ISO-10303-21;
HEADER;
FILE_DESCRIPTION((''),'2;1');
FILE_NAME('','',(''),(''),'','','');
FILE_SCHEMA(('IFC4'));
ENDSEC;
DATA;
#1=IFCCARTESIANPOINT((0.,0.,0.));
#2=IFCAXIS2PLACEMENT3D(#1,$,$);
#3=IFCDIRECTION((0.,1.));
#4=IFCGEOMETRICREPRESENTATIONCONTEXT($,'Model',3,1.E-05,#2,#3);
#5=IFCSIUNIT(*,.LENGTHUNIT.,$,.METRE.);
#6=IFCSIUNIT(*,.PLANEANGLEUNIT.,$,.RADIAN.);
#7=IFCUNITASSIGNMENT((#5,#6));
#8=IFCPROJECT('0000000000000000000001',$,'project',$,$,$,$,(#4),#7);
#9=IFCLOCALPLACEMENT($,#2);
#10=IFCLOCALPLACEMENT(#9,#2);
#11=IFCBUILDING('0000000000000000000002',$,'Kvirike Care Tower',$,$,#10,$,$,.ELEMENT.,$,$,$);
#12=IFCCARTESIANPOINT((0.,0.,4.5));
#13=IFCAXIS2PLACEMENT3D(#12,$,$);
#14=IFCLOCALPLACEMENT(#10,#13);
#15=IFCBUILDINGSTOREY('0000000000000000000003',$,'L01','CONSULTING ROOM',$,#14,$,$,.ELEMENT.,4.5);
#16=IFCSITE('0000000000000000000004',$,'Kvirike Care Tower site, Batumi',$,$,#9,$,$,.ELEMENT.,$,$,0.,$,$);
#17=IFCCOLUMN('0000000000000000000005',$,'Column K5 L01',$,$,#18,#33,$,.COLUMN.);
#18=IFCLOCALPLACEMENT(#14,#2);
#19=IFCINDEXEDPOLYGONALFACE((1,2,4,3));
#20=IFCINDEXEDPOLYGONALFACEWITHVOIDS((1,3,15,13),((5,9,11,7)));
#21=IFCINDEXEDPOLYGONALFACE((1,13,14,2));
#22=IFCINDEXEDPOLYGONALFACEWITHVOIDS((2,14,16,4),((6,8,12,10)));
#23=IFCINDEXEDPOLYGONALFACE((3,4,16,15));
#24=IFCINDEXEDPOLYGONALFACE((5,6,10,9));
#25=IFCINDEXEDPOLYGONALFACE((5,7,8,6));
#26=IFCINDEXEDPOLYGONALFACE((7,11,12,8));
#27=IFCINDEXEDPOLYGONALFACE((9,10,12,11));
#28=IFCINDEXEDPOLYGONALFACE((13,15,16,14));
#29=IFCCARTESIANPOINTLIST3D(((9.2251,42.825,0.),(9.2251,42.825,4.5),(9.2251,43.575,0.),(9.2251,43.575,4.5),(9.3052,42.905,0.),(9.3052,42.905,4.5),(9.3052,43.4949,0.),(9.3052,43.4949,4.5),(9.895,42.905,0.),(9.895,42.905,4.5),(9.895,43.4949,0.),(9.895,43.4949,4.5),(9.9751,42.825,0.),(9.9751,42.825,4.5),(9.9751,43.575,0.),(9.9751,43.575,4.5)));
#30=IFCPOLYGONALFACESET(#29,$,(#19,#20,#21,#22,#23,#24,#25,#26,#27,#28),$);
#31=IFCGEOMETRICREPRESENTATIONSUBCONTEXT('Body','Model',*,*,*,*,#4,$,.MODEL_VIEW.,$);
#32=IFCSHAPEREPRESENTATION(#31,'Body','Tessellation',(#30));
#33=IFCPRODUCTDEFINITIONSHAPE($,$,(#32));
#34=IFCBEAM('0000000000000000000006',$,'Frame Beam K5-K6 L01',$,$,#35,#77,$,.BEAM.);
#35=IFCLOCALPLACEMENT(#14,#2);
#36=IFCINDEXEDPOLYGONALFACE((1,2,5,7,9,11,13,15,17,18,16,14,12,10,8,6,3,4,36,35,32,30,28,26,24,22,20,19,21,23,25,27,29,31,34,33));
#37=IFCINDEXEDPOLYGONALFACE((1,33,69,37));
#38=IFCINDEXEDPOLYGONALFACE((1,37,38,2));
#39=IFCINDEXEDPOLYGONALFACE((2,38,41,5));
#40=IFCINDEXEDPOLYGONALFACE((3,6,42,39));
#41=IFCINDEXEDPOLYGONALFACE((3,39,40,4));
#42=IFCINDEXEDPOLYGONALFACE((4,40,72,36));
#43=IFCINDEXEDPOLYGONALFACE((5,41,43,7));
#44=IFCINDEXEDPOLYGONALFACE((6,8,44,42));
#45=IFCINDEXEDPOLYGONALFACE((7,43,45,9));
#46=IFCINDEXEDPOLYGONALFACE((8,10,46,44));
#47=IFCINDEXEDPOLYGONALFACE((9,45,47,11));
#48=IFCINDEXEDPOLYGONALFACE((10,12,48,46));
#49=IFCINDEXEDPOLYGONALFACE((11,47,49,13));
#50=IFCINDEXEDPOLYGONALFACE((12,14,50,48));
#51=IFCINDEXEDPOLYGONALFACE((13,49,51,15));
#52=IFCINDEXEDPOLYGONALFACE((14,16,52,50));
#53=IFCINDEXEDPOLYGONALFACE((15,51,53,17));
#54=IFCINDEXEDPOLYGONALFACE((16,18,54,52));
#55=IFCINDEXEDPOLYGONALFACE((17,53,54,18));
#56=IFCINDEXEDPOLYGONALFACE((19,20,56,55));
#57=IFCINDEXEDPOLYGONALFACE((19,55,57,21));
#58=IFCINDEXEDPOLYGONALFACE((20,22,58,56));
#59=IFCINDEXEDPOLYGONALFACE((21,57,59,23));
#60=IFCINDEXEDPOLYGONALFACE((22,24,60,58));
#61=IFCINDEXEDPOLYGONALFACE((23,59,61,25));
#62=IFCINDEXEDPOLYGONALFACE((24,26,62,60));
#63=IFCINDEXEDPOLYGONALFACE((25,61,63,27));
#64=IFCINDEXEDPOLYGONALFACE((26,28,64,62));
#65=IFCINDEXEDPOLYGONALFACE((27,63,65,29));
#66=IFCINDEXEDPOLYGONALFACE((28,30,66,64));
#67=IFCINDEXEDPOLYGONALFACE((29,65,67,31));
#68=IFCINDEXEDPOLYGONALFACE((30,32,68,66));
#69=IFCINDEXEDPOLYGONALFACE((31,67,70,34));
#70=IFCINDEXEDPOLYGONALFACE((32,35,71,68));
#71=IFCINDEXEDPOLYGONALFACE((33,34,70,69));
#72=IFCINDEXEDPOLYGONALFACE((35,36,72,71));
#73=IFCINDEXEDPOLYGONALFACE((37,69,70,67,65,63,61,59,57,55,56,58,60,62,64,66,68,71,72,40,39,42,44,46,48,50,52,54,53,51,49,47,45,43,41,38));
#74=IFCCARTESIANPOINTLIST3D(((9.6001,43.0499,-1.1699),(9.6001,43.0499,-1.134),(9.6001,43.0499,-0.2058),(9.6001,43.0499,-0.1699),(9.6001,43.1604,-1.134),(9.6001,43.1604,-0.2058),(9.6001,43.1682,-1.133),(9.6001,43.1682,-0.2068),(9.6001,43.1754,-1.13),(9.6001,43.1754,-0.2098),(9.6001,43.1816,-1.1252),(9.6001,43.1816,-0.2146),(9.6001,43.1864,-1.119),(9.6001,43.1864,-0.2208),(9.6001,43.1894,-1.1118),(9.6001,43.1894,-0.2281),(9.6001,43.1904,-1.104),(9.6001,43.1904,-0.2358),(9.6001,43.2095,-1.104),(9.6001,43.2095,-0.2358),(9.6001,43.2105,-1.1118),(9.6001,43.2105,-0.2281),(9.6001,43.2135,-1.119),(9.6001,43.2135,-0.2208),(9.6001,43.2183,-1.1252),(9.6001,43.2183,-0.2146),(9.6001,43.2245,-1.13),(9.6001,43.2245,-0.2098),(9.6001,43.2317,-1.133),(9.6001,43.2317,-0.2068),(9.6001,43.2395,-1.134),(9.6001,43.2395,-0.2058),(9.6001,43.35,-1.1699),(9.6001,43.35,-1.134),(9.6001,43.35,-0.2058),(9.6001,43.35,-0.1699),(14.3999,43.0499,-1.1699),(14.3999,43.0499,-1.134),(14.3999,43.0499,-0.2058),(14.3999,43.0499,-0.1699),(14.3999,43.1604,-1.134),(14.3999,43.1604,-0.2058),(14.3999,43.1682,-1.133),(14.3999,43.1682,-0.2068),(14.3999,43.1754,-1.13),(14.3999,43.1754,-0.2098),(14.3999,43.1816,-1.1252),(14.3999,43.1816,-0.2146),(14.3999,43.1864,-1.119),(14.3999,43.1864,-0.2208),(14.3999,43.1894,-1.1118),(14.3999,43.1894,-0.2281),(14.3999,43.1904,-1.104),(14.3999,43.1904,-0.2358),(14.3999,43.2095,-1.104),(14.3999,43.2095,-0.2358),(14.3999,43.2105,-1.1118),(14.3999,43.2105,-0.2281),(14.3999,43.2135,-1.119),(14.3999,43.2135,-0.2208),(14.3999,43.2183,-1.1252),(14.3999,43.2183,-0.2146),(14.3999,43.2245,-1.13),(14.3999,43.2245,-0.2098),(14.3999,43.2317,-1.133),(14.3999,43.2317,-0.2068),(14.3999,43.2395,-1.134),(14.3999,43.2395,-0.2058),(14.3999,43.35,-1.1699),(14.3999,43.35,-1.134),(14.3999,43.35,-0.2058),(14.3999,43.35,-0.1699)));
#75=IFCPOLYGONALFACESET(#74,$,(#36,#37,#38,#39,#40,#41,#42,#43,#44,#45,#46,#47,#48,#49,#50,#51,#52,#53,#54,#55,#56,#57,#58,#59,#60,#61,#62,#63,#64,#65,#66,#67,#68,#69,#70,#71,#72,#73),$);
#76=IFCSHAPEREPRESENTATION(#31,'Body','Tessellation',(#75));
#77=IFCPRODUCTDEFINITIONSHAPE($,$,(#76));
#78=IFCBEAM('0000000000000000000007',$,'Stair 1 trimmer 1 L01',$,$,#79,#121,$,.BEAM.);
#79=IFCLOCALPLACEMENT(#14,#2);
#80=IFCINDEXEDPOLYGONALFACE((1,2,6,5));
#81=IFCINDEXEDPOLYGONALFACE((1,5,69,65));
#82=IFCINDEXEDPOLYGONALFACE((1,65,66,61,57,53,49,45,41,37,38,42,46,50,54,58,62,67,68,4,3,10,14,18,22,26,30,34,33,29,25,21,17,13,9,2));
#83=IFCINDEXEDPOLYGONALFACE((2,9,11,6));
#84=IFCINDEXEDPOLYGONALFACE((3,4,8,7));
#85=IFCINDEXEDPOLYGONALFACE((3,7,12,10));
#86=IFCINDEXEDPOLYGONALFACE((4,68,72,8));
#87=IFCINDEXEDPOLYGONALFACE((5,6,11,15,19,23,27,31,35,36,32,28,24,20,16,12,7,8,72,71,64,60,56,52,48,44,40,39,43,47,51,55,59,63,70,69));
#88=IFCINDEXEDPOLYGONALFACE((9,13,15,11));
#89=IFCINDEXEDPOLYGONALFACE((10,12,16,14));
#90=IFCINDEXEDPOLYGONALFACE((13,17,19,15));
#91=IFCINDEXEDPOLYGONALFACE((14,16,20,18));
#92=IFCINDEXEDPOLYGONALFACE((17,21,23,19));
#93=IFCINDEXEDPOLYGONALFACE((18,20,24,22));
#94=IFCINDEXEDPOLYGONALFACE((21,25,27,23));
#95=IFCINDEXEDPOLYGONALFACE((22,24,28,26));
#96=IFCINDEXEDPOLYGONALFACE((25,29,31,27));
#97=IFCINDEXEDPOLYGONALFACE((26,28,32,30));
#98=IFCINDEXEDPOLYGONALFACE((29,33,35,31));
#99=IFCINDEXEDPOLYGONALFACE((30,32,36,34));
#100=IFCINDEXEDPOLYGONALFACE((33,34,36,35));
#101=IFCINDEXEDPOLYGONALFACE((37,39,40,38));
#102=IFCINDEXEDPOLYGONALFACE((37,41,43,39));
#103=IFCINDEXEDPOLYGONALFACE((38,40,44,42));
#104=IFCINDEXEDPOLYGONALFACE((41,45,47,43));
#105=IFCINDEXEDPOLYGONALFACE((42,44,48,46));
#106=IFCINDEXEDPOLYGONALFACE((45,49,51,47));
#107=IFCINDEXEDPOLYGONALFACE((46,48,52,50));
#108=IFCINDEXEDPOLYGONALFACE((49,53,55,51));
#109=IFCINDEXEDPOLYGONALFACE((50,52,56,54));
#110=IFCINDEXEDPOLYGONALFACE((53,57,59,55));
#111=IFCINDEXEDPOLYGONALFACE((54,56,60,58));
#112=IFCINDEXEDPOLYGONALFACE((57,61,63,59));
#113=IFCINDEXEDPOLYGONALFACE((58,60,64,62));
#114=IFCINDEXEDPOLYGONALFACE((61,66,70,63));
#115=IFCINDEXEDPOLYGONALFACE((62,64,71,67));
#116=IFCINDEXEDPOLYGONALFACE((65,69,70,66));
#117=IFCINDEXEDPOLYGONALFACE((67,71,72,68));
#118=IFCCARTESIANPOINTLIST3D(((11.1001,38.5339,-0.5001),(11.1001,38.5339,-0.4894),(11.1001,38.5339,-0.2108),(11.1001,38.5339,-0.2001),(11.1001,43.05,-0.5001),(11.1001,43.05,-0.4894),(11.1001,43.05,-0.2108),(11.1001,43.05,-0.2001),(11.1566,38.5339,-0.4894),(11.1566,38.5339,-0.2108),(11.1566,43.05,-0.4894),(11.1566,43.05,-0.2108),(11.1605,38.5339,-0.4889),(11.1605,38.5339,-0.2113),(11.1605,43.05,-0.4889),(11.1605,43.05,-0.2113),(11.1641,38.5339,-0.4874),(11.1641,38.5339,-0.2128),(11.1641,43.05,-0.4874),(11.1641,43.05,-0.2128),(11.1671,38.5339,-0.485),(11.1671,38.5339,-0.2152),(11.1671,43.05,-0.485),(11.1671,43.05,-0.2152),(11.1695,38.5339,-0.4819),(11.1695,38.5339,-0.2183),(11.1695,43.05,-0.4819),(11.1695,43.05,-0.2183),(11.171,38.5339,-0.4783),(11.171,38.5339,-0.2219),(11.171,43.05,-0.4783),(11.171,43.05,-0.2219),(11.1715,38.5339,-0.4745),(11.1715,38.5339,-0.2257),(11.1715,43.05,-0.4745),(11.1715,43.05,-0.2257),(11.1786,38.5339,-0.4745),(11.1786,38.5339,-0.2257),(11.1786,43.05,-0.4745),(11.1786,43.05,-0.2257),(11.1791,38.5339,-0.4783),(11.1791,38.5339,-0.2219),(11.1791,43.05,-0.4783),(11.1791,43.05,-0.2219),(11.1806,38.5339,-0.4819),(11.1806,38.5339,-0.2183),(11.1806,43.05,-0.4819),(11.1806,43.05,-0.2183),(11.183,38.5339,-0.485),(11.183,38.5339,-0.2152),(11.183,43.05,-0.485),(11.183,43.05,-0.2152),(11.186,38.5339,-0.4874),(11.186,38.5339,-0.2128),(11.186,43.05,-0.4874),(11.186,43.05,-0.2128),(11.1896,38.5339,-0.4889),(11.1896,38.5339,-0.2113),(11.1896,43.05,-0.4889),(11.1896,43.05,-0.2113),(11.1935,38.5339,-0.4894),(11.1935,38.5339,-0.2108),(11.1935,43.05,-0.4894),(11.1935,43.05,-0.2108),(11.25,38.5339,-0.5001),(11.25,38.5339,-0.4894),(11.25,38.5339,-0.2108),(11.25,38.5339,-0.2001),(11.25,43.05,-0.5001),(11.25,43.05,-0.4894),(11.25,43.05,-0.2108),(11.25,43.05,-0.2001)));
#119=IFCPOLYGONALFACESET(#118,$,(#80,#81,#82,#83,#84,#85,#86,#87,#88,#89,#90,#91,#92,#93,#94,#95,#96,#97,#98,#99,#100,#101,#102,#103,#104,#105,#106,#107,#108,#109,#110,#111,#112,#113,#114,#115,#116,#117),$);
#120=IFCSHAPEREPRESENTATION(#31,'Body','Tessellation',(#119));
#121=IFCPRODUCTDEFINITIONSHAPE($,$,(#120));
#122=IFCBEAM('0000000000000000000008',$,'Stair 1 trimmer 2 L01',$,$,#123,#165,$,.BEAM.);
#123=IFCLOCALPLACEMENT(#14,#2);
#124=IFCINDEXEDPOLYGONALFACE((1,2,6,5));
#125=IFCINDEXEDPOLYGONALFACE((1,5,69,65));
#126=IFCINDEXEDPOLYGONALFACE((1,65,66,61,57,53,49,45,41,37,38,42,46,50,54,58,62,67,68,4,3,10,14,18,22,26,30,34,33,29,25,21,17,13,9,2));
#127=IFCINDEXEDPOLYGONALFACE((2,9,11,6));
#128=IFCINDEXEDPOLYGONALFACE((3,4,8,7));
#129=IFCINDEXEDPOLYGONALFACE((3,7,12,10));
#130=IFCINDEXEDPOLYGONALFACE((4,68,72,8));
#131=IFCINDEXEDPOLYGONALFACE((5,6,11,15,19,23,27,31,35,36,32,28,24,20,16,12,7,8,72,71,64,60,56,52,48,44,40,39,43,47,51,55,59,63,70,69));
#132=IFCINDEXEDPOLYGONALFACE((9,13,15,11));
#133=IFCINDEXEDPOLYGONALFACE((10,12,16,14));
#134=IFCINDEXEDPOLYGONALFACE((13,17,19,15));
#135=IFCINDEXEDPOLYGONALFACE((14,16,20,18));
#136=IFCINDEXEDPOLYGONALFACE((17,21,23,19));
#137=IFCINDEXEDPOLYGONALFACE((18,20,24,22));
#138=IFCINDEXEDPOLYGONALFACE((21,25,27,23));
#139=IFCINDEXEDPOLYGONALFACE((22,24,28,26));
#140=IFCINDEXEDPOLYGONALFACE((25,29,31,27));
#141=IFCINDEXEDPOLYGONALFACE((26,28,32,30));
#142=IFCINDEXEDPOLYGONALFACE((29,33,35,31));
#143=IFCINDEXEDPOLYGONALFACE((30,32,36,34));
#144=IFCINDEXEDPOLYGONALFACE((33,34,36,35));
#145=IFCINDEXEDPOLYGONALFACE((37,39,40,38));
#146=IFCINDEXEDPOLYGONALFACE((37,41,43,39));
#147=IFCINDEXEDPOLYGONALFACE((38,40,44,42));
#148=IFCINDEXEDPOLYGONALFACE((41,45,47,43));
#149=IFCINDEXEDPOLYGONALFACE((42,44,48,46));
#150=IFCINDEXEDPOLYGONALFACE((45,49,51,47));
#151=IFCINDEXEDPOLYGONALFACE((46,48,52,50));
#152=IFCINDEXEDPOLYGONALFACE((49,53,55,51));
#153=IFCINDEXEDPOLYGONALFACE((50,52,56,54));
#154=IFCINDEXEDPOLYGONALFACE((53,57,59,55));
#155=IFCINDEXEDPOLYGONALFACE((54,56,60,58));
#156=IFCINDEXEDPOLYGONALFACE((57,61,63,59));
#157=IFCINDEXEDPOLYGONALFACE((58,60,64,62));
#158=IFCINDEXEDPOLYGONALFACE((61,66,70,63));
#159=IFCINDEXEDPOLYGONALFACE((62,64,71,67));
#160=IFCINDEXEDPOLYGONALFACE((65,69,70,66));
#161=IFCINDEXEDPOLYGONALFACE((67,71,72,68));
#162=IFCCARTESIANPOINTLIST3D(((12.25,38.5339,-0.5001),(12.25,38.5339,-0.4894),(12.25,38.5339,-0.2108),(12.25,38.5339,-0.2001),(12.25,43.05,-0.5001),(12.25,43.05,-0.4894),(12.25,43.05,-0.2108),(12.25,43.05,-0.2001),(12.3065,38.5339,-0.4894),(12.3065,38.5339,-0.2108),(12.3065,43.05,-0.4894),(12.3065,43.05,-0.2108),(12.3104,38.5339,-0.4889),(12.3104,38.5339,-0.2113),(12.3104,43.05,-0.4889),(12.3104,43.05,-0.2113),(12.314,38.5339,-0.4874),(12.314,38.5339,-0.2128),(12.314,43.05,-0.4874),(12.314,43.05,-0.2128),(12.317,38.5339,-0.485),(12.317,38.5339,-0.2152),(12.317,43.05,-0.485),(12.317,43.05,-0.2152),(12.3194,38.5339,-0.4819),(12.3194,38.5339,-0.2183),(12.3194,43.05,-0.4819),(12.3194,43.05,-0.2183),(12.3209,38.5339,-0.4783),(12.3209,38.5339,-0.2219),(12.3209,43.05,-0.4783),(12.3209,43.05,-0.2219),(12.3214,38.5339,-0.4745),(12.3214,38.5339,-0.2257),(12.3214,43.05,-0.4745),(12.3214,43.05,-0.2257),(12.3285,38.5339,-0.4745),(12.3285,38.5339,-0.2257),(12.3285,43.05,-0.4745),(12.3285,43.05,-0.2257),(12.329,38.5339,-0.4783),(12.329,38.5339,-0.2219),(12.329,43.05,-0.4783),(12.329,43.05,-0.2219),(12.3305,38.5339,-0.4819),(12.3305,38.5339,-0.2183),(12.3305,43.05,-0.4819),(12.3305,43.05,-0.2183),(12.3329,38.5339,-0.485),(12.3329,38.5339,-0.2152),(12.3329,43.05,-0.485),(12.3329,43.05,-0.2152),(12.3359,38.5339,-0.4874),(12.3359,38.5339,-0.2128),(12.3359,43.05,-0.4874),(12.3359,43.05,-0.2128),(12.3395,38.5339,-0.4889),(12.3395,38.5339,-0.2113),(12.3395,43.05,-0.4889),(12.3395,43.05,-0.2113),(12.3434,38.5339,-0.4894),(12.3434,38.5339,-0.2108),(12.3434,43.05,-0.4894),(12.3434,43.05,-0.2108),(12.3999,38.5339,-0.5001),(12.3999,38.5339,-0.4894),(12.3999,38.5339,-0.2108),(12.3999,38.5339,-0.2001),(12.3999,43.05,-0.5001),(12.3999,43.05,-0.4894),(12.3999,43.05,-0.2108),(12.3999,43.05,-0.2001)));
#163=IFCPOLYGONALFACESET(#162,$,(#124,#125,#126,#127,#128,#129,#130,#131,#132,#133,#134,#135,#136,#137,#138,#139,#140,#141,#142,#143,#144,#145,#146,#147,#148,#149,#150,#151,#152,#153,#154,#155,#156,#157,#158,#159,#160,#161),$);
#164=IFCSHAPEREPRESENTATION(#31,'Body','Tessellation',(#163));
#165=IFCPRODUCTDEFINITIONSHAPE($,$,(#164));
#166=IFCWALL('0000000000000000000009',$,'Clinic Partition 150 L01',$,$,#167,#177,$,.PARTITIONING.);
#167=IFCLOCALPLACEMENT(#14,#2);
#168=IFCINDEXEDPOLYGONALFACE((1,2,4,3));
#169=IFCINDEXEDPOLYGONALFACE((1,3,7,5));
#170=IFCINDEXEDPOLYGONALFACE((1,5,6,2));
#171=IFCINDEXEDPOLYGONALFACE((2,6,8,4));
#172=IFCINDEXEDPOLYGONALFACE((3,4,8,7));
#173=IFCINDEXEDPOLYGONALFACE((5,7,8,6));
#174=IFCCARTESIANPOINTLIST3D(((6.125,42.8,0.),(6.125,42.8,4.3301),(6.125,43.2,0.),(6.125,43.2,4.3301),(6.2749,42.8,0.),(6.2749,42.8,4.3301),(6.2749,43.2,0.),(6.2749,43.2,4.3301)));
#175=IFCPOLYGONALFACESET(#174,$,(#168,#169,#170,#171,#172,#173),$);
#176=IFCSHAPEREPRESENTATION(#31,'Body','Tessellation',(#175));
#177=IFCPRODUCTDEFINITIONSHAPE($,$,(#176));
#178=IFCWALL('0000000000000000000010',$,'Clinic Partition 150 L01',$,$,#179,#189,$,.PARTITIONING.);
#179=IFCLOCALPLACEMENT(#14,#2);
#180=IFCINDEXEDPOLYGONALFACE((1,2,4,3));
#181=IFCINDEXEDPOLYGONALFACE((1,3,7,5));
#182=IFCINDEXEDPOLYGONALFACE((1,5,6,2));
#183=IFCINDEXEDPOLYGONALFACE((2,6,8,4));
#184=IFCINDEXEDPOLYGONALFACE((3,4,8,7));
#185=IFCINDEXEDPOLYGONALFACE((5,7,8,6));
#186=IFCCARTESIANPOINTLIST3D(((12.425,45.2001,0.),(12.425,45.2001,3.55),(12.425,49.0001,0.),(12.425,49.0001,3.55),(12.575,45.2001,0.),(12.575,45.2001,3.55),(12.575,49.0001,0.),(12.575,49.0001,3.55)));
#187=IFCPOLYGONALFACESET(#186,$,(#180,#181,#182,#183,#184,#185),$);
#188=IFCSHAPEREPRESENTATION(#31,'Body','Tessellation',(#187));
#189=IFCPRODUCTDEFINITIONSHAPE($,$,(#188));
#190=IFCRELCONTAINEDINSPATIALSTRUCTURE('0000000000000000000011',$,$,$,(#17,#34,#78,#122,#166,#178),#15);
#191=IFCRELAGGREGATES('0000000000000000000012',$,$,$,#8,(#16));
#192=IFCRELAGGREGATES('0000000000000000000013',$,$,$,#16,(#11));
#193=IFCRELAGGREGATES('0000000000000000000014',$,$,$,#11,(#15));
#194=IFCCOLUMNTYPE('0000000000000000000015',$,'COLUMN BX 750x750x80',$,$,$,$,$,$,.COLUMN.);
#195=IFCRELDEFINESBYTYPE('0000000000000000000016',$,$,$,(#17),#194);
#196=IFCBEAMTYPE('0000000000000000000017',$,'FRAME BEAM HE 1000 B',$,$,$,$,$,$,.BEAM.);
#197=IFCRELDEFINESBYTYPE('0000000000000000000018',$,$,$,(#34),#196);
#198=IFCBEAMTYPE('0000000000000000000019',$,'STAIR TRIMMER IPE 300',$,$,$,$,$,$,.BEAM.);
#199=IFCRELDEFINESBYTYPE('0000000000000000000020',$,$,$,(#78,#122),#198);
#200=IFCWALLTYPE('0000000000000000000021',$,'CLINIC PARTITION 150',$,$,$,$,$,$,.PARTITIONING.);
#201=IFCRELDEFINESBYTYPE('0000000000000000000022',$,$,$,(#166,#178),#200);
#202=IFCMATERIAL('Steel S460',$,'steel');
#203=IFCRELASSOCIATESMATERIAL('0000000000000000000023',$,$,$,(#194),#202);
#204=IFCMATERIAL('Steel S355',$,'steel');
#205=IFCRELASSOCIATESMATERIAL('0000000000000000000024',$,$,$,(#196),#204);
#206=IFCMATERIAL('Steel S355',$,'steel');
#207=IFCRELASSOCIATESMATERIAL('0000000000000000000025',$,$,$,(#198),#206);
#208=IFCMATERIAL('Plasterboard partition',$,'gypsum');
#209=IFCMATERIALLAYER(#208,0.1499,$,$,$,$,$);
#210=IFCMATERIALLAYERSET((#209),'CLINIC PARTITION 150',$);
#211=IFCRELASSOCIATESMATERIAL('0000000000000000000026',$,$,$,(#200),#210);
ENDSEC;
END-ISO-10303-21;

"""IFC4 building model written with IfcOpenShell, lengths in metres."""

from ifc_helpers import new_model, si_unit, direction, frame, frame_2d, origin, origin_2d, place, context, subcontext, project, spatial, rectangle, hollow_rectangle, i_section, extrude, material, layer, layer_set, material_profile, profile_set, type_object, element, save


model = new_model("IFC4")

# Units and contexts
model_context = context("Model", 3, precision=1e-05, world=origin(), true_north=direction((0.0, 1.0)))
body_context = subcontext(model_context, "Body", "Model", "MODEL_VIEW")
ifc_project = project(units=[si_unit("LENGTHUNIT", "METRE"), si_unit("PLANEANGLEUNIT", "RADIAN")], contexts=[model_context])

# Site, building, storey
site_placement = place(None, origin())
site = spatial("IfcSite", under=ifc_project, at=site_placement, Name="Kvirike Care Tower site, Batumi", CompositionType="ELEMENT", RefElevation=0.0)
building_placement = place(site_placement, origin())
building = spatial("IfcBuilding", under=site, at=building_placement, Name="Kvirike Care Tower", CompositionType="ELEMENT")
storey_placement = place(building_placement, frame((0.0, 0.0, 4.5)))
storey = spatial("IfcBuildingStorey", under=building, at=storey_placement, Name="L01", Description="CONSULTING ROOM", CompositionType="ELEMENT", Elevation=4.5)

# Column
ifc_material_1 = material(Name="Steel S460", Category="steel")
ifc_material_profile_1 = material_profile(ifc_material_1, hollow_rectangle(XDim=0.75, YDim=0.75, WallThickness=0.0801, at=origin_2d()), Name="BX 750x750x80")
ifc_profile_set_1 = profile_set([ifc_material_profile_1], Name="Steel S460")
column_type = type_object("IfcColumnType", Name="COLUMN BX 750x750x80", PredefinedType="COLUMN", material=ifc_profile_set_1)
column_placement = place(storey_placement, frame((9.6001, 43.2, 0.0), z_axis=(0.0, 0.0, 1.0), x_axis=(0.0, 1.0, 0.0)))
element("IfcColumn", 1, at=column_placement, inside=storey, type_object=column_type, Name="Column K5 L01", PredefinedType="COLUMN", context=body_context, shape_type="SweptSolid", body=[
    extrude(hollow_rectangle(XDim=0.75, YDim=0.75, WallThickness=0.0801, at=origin_2d()), origin(), (0.0, 0.0, 1.0), 4.5),
])

# Beams
ifc_material_2 = material(Name="Steel S355", Category="steel")
ifc_material_profile_2 = material_profile(ifc_material_2, i_section(OverallWidth=0.3, OverallDepth=1.0, WebThickness=0.019, FlangeThickness=0.0359, FilletRadius=0.03, at=origin_2d()), Name="HE 1000 B")
ifc_profile_set_2 = profile_set([ifc_material_profile_2], Name="Steel S355")
beam_type_1 = type_object("IfcBeamType", Name="FRAME BEAM HE 1000 B", PredefinedType="BEAM", material=ifc_profile_set_2)
beam_placement = place(storey_placement, frame((9.6001, 43.2, -0.6699), z_axis=(1.0, 0.0, 0.0), x_axis=(0.0, 1.0, 0.0)))
element("IfcBeam", 2, at=beam_placement, inside=storey, type_object=beam_type_1, Name="Frame Beam K5-K6 L01", PredefinedType="BEAM", context=body_context, shape_type="SweptSolid", body=[
    extrude(i_section(OverallWidth=0.3, OverallDepth=1.0, WebThickness=0.019, FlangeThickness=0.0359, FilletRadius=0.03, at=origin_2d()), origin(), (0.0, 0.0, 1.0), 4.7998),
])
ifc_material_3 = material(Name="Steel S355", Category="steel")
ifc_material_profile_3 = material_profile(ifc_material_3, i_section(OverallWidth=0.1499, OverallDepth=0.3, WebThickness=0.0071, FlangeThickness=0.0107, FilletRadius=0.0149, at=origin_2d()), Name="IPE 300")
ifc_profile_set_3 = profile_set([ifc_material_profile_3], Name="Steel S355")
beam_type_2 = type_object("IfcBeamType", Name="STAIR TRIMMER IPE 300", PredefinedType="BEAM", material=ifc_profile_set_3)
for number, where, z_axis, x_axis, name in (
    (3, (11.175, 43.05, -0.3501), (0.0, -1.0, 0.0), (1.0, 0.0, 0.0), "Stair 1 trimmer 1 L01"),
    (4, (12.325, 43.05, -0.3501), (0.0, -1.0, 0.0), (1.0, 0.0, 0.0), "Stair 1 trimmer 2 L01"),
):
    element("IfcBeam", number, at=place(storey_placement, frame(where, z_axis=z_axis, x_axis=x_axis)), inside=storey, type_object=beam_type_2, Name=name, PredefinedType="BEAM", context=body_context, shape_type="SweptSolid", body=[
        extrude(i_section(OverallWidth=0.1499, OverallDepth=0.3, WebThickness=0.0071, FlangeThickness=0.0107, FilletRadius=0.0149, at=origin_2d()), origin(), (0.0, 0.0, 1.0), 4.5161),
    ])

# Walls
ifc_material_4 = material(Name="Plasterboard partition", Category="gypsum")
ifc_layer_1 = layer(ifc_material_4, 0.1499)
ifc_layer_set_1 = layer_set([ifc_layer_1], Name="CLINIC PARTITION 150")
wall_type_1 = type_object("IfcWallType", Name="CLINIC PARTITION 150", PredefinedType="PARTITIONING", material=ifc_layer_set_1)
wall_1_placement = place(storey_placement, frame((6.2, 43.2, 0.0), z_axis=(0.0, 0.0, 1.0), x_axis=(0.0, -1.0, 0.0)))
element("IfcWall", 5, at=wall_1_placement, inside=storey, type_object=wall_type_1, Name="Clinic Partition 150 L01", PredefinedType="PARTITIONING", context=body_context, shape_type="SweptSolid", body=[
    extrude(rectangle(XDim=0.3999, YDim=0.1499, at=frame_2d((0.2, 0.0))), origin(), (0.0, 0.0, 1.0), 4.3301),
])
for number, where, z_axis, x_axis, name in (
    (6, (12.5, 49.0, 0.0), (0.0, 0.0, 1.0), (0.0, -1.0, 0.0), "Clinic Partition 150 L01"),
):
    element("IfcWall", number, at=place(storey_placement, frame(where, z_axis=z_axis, x_axis=x_axis)), inside=storey, type_object=wall_type_1, Name=name, PredefinedType="PARTITIONING", context=body_context, shape_type="SweptSolid", body=[
        extrude(rectangle(XDim=3.8, YDim=0.1499, at=frame_2d((1.8999, 0.0))), origin(), (0.0, 0.0, 1.0), 3.55),
    ])

save(model, "model.ifc")
